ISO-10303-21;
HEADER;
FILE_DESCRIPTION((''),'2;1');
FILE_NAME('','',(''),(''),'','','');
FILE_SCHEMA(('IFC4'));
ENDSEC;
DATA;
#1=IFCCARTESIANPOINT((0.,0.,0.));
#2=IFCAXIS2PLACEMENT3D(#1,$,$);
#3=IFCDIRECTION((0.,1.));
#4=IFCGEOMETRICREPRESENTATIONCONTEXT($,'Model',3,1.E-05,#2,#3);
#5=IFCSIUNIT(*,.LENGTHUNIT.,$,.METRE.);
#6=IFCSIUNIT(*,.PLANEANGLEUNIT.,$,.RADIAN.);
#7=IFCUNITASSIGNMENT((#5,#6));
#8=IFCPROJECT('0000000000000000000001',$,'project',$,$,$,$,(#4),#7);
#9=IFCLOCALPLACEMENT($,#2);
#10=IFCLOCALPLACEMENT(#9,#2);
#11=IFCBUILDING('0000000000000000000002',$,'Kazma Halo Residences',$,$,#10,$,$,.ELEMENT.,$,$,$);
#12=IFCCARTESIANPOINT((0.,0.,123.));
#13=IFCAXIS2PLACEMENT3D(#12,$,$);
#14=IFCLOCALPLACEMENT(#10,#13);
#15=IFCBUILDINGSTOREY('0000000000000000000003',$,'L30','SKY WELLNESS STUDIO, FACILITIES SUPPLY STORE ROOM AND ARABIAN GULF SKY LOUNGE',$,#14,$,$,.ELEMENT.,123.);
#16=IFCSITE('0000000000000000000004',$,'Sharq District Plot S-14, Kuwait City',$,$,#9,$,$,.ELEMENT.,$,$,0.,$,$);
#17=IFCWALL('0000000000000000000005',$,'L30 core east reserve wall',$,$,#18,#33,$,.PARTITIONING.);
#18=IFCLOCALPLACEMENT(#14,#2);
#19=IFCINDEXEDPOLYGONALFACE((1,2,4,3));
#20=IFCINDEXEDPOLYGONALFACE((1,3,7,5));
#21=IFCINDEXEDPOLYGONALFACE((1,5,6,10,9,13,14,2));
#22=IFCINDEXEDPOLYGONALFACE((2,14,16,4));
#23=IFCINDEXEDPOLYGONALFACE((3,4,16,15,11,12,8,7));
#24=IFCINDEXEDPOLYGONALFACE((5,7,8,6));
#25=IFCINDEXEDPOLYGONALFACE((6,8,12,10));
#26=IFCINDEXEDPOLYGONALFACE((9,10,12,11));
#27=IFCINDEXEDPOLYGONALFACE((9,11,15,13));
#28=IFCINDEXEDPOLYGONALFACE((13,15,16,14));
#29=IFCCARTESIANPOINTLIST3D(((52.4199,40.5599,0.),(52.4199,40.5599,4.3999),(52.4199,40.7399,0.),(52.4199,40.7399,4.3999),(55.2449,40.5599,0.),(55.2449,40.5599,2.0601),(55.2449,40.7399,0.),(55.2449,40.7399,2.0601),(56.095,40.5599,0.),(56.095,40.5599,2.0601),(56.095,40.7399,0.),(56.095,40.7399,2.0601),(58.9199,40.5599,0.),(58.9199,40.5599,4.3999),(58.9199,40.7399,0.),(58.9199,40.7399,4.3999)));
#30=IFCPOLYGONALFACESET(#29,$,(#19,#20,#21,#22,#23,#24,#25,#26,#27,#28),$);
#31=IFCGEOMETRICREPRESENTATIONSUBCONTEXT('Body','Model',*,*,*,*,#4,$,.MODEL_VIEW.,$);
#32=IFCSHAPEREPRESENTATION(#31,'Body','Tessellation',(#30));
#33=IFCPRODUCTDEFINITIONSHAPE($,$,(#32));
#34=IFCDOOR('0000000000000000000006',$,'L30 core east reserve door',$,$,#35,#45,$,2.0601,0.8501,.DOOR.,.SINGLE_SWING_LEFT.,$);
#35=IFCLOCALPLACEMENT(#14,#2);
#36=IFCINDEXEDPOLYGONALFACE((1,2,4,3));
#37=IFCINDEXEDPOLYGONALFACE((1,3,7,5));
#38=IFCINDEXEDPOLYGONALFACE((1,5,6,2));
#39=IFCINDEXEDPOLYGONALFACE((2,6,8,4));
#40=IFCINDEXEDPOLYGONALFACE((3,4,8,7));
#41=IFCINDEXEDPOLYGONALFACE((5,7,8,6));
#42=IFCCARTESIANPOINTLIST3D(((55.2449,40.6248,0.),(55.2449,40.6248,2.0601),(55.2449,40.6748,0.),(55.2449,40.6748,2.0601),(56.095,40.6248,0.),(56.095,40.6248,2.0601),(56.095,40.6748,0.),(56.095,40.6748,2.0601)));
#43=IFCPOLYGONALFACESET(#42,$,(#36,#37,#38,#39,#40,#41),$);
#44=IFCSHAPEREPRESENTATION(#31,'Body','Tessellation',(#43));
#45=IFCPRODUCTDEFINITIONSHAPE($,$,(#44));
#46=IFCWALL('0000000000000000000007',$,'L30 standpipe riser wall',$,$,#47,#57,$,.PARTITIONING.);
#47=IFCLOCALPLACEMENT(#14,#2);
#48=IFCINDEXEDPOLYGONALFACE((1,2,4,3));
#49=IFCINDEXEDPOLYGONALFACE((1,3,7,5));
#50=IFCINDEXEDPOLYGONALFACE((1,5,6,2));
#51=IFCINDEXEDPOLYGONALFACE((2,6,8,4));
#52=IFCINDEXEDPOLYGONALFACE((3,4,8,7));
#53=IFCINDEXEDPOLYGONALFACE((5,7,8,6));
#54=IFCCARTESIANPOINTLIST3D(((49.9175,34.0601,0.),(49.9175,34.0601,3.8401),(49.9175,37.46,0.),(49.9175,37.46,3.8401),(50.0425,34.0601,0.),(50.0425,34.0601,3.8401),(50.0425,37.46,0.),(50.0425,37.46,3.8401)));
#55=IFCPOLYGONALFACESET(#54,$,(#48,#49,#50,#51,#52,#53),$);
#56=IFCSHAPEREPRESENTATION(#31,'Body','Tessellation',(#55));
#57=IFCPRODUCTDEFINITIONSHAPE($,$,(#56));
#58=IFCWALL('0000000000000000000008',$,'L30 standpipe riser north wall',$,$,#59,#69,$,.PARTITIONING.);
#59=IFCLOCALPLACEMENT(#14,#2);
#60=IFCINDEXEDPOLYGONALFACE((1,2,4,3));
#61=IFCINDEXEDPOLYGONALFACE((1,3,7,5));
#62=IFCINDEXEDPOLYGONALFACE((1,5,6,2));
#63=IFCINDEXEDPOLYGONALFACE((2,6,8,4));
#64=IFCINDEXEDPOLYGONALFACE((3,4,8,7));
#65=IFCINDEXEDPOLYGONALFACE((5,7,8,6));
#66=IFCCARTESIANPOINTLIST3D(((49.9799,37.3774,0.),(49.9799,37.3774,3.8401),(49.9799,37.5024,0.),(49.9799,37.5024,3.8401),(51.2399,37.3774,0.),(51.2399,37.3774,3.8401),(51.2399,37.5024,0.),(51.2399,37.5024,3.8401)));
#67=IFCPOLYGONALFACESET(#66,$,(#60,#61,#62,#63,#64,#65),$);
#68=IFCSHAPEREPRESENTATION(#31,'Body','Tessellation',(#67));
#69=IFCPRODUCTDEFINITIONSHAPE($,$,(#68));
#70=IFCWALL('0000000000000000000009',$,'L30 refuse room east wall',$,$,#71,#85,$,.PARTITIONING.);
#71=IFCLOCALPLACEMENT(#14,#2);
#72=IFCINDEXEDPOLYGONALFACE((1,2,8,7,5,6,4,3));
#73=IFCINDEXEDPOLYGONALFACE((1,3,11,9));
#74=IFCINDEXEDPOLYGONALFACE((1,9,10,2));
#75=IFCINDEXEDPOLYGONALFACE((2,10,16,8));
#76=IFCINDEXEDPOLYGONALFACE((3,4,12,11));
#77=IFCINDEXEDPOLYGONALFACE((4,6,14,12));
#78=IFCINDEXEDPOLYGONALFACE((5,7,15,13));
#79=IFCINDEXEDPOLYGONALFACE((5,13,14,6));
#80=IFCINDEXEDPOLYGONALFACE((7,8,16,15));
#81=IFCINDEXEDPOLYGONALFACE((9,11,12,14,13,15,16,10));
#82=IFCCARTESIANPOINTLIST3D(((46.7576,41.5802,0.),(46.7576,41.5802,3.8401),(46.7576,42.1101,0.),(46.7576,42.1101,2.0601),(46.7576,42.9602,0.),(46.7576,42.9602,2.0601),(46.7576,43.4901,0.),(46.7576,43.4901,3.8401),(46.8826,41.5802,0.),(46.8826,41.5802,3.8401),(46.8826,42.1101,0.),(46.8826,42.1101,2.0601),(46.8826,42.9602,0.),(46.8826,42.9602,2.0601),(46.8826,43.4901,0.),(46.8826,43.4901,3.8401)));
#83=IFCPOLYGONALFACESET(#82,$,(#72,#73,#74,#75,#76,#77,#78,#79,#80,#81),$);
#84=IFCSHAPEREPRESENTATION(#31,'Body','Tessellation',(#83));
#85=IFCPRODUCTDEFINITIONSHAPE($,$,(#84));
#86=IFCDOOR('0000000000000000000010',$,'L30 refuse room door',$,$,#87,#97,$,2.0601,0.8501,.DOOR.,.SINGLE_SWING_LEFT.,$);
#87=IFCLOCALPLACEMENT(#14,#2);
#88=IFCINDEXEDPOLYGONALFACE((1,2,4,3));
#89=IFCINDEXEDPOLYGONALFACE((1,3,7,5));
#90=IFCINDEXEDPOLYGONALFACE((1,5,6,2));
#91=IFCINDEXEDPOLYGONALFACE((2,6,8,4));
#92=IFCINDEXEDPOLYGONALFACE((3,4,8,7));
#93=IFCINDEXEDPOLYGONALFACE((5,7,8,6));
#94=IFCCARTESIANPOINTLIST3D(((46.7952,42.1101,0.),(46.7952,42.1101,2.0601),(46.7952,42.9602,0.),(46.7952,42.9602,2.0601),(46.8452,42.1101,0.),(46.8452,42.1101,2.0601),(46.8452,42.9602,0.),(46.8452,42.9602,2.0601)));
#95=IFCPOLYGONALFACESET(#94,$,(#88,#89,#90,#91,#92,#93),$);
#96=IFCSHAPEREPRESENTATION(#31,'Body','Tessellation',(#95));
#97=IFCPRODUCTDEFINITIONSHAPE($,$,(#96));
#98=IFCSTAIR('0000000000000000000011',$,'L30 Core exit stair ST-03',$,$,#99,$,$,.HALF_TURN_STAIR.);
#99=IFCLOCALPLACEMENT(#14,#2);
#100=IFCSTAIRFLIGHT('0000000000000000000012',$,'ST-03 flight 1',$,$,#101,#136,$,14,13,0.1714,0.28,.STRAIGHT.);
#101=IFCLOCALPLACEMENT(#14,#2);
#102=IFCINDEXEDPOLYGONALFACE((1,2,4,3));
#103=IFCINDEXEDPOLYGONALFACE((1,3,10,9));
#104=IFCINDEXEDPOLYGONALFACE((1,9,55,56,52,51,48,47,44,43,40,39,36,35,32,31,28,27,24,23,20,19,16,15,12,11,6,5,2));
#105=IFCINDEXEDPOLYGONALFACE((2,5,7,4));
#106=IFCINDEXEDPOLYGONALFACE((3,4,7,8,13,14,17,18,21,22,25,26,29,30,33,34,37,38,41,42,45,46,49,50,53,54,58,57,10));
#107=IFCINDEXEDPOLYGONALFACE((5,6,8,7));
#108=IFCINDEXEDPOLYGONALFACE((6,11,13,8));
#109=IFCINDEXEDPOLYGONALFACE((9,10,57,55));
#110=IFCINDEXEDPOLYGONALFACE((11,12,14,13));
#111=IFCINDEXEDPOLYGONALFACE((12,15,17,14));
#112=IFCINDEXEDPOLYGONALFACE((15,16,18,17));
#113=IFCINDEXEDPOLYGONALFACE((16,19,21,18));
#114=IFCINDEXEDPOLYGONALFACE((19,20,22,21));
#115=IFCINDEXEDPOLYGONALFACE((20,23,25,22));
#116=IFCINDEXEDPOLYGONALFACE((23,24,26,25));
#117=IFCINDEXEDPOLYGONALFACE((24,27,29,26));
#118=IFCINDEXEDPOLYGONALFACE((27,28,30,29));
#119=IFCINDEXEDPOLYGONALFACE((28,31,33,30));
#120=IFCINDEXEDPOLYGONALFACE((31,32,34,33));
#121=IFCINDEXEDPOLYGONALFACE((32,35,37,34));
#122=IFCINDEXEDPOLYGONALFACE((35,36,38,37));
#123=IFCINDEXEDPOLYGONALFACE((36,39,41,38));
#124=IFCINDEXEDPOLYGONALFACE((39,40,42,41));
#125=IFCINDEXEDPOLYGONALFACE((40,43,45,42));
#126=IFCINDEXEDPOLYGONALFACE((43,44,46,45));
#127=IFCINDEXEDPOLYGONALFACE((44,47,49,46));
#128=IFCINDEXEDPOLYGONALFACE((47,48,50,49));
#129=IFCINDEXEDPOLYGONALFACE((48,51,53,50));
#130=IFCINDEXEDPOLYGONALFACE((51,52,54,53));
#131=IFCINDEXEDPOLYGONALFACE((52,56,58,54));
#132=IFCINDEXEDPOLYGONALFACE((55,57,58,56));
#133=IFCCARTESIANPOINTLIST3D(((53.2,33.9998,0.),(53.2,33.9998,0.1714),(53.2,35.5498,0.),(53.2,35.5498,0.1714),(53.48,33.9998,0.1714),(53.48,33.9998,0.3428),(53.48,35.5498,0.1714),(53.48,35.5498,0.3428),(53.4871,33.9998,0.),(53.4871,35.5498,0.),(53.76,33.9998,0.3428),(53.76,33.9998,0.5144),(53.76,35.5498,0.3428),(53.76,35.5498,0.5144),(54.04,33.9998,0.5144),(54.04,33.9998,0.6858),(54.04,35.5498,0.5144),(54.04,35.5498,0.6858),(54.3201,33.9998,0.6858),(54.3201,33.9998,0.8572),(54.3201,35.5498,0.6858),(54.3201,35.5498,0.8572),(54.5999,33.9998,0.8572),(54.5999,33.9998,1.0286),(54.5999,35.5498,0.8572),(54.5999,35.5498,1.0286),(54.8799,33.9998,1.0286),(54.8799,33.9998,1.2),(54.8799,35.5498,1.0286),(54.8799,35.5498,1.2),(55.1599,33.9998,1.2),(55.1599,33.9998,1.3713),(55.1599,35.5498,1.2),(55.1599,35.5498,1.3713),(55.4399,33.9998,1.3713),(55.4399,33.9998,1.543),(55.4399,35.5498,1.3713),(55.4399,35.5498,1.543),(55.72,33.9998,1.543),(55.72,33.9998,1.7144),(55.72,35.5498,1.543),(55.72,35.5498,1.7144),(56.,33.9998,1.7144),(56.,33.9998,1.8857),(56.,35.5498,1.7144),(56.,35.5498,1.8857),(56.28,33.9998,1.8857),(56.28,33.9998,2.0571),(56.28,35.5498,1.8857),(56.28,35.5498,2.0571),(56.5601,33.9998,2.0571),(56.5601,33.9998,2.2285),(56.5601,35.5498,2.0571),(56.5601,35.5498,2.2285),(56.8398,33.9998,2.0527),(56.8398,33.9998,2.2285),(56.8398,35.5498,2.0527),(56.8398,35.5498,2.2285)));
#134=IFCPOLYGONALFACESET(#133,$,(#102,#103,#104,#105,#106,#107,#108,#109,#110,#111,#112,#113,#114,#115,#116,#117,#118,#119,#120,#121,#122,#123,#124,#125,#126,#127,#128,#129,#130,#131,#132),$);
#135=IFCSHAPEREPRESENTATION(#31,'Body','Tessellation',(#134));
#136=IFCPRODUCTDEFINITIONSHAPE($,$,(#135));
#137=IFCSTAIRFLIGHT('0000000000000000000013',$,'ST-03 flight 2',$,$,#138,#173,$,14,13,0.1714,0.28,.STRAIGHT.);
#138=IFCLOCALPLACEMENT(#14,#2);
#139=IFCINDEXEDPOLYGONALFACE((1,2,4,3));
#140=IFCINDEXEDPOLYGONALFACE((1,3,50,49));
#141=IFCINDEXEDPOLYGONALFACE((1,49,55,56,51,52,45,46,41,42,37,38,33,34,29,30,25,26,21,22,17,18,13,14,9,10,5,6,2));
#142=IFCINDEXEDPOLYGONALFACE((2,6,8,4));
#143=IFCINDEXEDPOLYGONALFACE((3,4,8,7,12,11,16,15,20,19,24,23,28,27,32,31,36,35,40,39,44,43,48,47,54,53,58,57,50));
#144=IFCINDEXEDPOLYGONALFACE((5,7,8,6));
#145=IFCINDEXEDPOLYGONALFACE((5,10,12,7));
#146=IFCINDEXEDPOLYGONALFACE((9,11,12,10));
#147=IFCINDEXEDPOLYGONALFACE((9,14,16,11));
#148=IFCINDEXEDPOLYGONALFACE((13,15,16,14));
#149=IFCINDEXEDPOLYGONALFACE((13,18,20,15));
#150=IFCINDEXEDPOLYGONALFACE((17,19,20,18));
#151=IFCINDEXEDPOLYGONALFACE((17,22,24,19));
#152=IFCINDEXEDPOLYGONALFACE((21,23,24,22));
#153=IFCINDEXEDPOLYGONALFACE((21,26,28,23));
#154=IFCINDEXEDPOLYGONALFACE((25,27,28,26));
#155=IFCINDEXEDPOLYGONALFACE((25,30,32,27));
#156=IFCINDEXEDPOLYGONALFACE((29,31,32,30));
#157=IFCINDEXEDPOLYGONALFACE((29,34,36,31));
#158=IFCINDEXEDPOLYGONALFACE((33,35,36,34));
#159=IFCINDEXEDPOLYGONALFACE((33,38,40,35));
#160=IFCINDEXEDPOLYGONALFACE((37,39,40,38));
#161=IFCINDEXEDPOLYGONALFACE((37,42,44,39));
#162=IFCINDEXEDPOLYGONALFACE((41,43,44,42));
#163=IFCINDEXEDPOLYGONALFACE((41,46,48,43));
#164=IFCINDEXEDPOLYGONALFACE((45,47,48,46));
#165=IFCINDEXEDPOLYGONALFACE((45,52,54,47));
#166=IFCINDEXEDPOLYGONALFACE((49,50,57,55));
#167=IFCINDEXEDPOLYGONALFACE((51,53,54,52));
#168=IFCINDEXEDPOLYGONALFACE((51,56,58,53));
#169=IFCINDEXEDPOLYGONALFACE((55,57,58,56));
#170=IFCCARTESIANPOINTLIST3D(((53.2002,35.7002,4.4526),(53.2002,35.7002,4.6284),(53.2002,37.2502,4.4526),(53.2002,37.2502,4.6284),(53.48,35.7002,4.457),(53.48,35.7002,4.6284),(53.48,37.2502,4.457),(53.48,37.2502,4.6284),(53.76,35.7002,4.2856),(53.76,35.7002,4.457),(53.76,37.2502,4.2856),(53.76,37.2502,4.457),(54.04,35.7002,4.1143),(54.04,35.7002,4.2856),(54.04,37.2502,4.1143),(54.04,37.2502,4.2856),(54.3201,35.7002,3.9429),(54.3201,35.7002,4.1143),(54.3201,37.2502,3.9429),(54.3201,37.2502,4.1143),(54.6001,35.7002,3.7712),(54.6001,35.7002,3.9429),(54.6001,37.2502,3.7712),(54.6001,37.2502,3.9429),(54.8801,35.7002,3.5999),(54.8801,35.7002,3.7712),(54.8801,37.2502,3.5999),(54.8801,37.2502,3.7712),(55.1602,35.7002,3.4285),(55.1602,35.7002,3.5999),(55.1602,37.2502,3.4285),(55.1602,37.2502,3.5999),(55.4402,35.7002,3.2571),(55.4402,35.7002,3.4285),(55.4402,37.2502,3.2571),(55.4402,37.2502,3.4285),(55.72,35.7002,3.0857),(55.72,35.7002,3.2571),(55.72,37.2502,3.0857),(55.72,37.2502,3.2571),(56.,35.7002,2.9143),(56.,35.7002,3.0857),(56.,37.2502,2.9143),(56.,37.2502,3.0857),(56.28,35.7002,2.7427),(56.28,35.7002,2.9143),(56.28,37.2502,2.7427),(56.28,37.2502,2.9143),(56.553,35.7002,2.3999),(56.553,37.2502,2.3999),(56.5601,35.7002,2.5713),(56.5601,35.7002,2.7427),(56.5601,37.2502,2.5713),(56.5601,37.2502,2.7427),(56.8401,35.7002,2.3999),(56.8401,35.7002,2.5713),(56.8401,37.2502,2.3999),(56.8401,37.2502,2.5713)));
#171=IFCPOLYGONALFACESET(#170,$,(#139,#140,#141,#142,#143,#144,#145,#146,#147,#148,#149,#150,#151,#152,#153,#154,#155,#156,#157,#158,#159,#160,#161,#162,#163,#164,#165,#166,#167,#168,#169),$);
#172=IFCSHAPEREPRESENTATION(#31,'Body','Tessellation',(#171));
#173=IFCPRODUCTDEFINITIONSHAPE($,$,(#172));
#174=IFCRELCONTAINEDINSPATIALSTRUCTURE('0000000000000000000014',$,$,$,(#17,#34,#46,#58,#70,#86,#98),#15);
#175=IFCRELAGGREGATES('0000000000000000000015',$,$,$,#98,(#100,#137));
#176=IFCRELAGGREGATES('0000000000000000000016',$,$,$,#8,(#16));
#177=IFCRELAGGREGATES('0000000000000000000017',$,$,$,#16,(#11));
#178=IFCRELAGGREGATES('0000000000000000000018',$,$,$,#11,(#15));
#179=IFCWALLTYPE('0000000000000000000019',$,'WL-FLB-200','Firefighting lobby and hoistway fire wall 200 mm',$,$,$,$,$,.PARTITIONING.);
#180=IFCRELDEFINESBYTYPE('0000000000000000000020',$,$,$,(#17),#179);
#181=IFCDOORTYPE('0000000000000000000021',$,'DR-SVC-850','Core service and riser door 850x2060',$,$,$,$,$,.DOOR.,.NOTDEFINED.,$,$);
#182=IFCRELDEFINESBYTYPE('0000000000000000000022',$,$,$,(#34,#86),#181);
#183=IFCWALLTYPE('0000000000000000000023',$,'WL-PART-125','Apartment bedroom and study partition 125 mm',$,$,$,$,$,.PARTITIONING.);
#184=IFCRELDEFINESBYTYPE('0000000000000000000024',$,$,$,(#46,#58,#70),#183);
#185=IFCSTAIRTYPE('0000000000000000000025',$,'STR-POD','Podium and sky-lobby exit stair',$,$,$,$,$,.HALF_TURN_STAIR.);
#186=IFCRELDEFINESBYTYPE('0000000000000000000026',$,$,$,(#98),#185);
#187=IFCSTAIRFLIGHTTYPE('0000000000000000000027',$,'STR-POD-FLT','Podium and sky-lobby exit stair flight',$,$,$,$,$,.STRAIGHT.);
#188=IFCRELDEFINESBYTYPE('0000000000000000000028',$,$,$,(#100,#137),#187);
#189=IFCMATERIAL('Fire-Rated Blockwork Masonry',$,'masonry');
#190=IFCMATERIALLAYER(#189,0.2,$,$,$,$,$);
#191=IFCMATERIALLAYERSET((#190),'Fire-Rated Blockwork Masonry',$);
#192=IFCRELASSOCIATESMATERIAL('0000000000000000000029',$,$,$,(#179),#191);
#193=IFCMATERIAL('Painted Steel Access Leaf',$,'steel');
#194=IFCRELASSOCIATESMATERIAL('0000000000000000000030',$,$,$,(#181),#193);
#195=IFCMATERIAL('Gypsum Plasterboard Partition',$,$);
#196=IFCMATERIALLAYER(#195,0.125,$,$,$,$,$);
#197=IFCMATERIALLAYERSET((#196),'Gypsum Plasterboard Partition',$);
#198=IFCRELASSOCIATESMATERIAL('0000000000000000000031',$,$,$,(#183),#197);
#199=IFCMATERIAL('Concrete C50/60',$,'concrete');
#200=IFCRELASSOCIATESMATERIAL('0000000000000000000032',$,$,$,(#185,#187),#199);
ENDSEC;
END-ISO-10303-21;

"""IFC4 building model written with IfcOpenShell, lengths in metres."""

from ifc_helpers import new_model, si_unit, direction, frame, frame_2d, origin, place, context, subcontext, project, spatial, polyline, rectangle, outline, extrude, material, layer, layer_set, type_object, element, fill, aggregate, save


model = new_model("IFC4")

# Units and contexts
model_context = context("Model", 3, precision=1e-05, world=origin(), true_north=direction((0.0, 1.0)))
body_context = subcontext(model_context, "Body", "Model", "MODEL_VIEW")
ifc_project = project(units=[si_unit("LENGTHUNIT", "METRE"), si_unit("PLANEANGLEUNIT", "RADIAN")], contexts=[model_context])

# Site, building, storey
site_placement = place(None, origin())
site = spatial("IfcSite", under=ifc_project, at=site_placement, Name="Sharq District Plot S-14, Kuwait City", CompositionType="ELEMENT", RefElevation=0.0)
building_placement = place(site_placement, origin())
building = spatial("IfcBuilding", under=site, at=building_placement, Name="Kazma Halo Residences", CompositionType="ELEMENT")
storey_placement = place(building_placement, frame((0.0, 0.0, 123.0)))
storey = spatial("IfcBuildingStorey", under=building, at=storey_placement, Name="L30", Description="SKY WELLNESS STUDIO, FACILITIES SUPPLY STORE ROOM AND ARABIAN GULF SKY LOUNGE", CompositionType="ELEMENT", Elevation=123.0)

# Shared definitions
ifc_material_1 = material(Name="Fire-Rated Blockwork Masonry", Category="masonry")
ifc_layer_1 = layer(ifc_material_1, 0.2)
ifc_layer_set_1 = layer_set([ifc_layer_1], Name="Fire-Rated Blockwork Masonry")
wall_type_1 = type_object("IfcWallType", Name="WL-FLB-200", Description="Firefighting lobby and hoistway fire wall 200 mm", PredefinedType="PARTITIONING", material=ifc_layer_set_1)

# Wall, opening, door
wall_1_placement = place(storey_placement, frame((52.4199, 40.6499, 0.0), z_axis=(0.0, 0.0, 1.0), x_axis=(1.0, 0.0, 0.0)))
wall_1 = element("IfcWall", 1, at=wall_1_placement, inside=storey, type_object=wall_type_1, Name="L30 core east reserve wall", PredefinedType="PARTITIONING", context=body_context, shape_type="SweptSolid", body=[
    extrude(rectangle(XDim=6.5, YDim=0.1799, at=frame_2d((3.25, 0.0))), origin(), (0.0, 0.0, 1.0), 4.3999),
])
opening_1_placement = place(wall_1_placement, frame((2.825, 0.0, 0.0)))
opening_1 = element("IfcOpeningElement", 2, at=opening_1_placement, cuts=wall_1, PredefinedType="OPENING", context=body_context, shape_type="SweptSolid", body=[
    extrude(rectangle(XDim=0.8501, YDim=2.0601, at=frame_2d((0.425, 1.03))), frame((0.0, 0.0999, 0.0), z_axis=(0.0, -1.0, 0.0), x_axis=(1.0, 0.0, 0.0)), (0.0, 0.0, 1.0), 0.2),
])
ifc_material_2 = material(Name="Painted Steel Access Leaf", Category="steel")
door_type_1 = type_object("IfcDoorType", Name="DR-SVC-850", Description="Core service and riser door 850x2060", OperationType="NOTDEFINED", PredefinedType="DOOR", material=ifc_material_2)
door_1_placement = place(opening_1_placement, origin())
door_1 = element("IfcDoor", 3, at=door_1_placement, inside=storey, type_object=door_type_1, Name="L30 core east reserve door", OperationType="SINGLE_SWING_LEFT", OverallHeight=2.0601, OverallWidth=0.8501, PredefinedType="DOOR", context=body_context, shape_type="SweptSolid", body=[
    extrude(rectangle(XDim=0.8501, YDim=2.0601, at=frame_2d((0.425, 1.03))), frame((0.0, 0.0249, 0.0), z_axis=(0.0, -1.0, 0.0), x_axis=(1.0, 0.0, 0.0)), (0.0, 0.0, 1.0), 0.05),
])
fill(opening_1, door_1)

# Walls
ifc_material_3 = material(Name="Gypsum Plasterboard Partition")
ifc_layer_2 = layer(ifc_material_3, 0.125)
ifc_layer_set_2 = layer_set([ifc_layer_2], Name="Gypsum Plasterboard Partition")
wall_type_2 = type_object("IfcWallType", Name="WL-PART-125", Description="Apartment bedroom and study partition 125 mm", PredefinedType="PARTITIONING", material=ifc_layer_set_2)
wall_2_placement = place(storey_placement, frame((49.98, 34.0601, 0.0), z_axis=(0.0, 0.0, 1.0), x_axis=(0.0, 1.0, 0.0)))
element("IfcWall", 4, at=wall_2_placement, inside=storey, type_object=wall_type_2, Name="L30 standpipe riser wall", PredefinedType="PARTITIONING", context=body_context, shape_type="SweptSolid", body=[
    extrude(rectangle(XDim=3.3999, YDim=0.125, at=frame_2d((1.7, 0.0))), origin(), (0.0, 0.0, 1.0), 3.8401),
])
wall_3_placement = place(storey_placement, frame((49.98, 37.4399, 0.0), z_axis=(0.0, 0.0, 1.0), x_axis=(1.0, 0.0, 0.0)))
element("IfcWall", 5, at=wall_3_placement, inside=storey, type_object=wall_type_2, Name="L30 standpipe riser north wall", PredefinedType="PARTITIONING", context=body_context, shape_type="SweptSolid", body=[
    extrude(rectangle(XDim=1.26, YDim=0.125, at=frame_2d((0.6299, 0.0))), origin(), (0.0, 0.0, 1.0), 3.8401),
])

# Wall, opening, door
wall_4_placement = place(storey_placement, frame((46.8201, 41.5801, 0.0), z_axis=(0.0, 0.0, 1.0), x_axis=(0.0, 1.0, 0.0)))
wall_4 = element("IfcWall", 6, at=wall_4_placement, inside=storey, type_object=wall_type_2, Name="L30 refuse room east wall", PredefinedType="PARTITIONING", context=body_context, shape_type="SweptSolid", body=[
    extrude(rectangle(XDim=1.9099, YDim=0.125, at=frame_2d((0.9551, 0.0))), origin(), (0.0, 0.0, 1.0), 3.8401),
])
opening_2_placement = place(wall_4_placement, frame((0.53, 0.0, 0.0)))
opening_2 = element("IfcOpeningElement", 7, at=opening_2_placement, cuts=wall_4, PredefinedType="OPENING", context=body_context, shape_type="SweptSolid", body=[
    extrude(rectangle(XDim=0.8501, YDim=2.0601, at=frame_2d((0.425, 1.03))), frame((0.0, 0.0725, 0.0), z_axis=(0.0, -1.0, 0.0), x_axis=(1.0, 0.0, 0.0)), (0.0, 0.0, 1.0), 0.145),
])
door_2_placement = place(opening_2_placement, origin())
door_2 = element("IfcDoor", 8, at=door_2_placement, inside=storey, type_object=door_type_1, Name="L30 refuse room door", OperationType="SINGLE_SWING_LEFT", OverallHeight=2.0601, OverallWidth=0.8501, PredefinedType="DOOR", context=body_context, shape_type="SweptSolid", body=[
    extrude(rectangle(XDim=0.8501, YDim=2.0601, at=frame_2d((0.425, 1.03))), frame((0.0, 0.0249, 0.0), z_axis=(0.0, -1.0, 0.0), x_axis=(1.0, 0.0, 0.0)), (0.0, 0.0, 1.0), 0.05),
])
fill(opening_2, door_2)
ifc_material_4 = material(Name="Concrete C50/60", Category="concrete")

# Stair, stair flights
stair_type = type_object("IfcStairType", Name="STR-POD", Description="Podium and sky-lobby exit stair", PredefinedType="HALF_TURN_STAIR", material=ifc_material_4)
stair_placement = place(storey_placement, origin())
stair = element("IfcStair", 9, at=stair_placement, inside=storey, type_object=stair_type, Name="L30 Core exit stair ST-03", PredefinedType="HALF_TURN_STAIR")
stair_flight_type = type_object("IfcStairFlightType", Name="STR-POD-FLT", Description="Podium and sky-lobby exit stair flight", PredefinedType="STRAIGHT", material=ifc_material_4)
stair_flight_1_placement = place(storey_placement, frame((53.2, 34.7749, 0.0), z_axis=(0.0, 0.0, 1.0), x_axis=(1.0, 0.0, 0.0)))
stair_flight_1 = element("IfcStairFlight", 10, at=stair_flight_1_placement, type_object=stair_flight_type, Name="ST-03 flight 1", NumberOfRisers=14, NumberOfTreads=13, PredefinedType="STRAIGHT", RiserHeight=0.1714, TreadLength=0.28, context=body_context, shape_type="SweptSolid", body=[
    extrude(outline(polyline([(0.0, 0.0), (0.0, 0.1714), (0.28, 0.1714), (0.28, 0.3428), (0.5601, 0.3428), (0.5601, 0.5144), (0.8401, 0.5144), (0.8401, 0.6858), (1.1201, 0.6858), (1.1201, 0.8572), (1.3999, 0.8572), (1.3999, 1.0286), (1.6799, 1.0286), (1.6799, 1.2), (1.96, 1.2), (1.96, 1.3713), (2.24, 1.3713), (2.24, 1.543), (2.52, 1.543), (2.52, 1.7144), (2.8, 1.7144), (2.8, 1.8857), (3.0801, 1.8857), (3.0801, 2.0571), (3.3601, 2.0571), (3.3601, 2.2285), (3.6399, 2.2285), (3.6399, 2.3999), (3.6399, 2.0527), (0.2871, 0.0), (0.0, 0.0)])), frame((0.0, 0.7749, 0.0), z_axis=(0.0, -1.0, 0.0), x_axis=(1.0, 0.0, 0.0)), (0.0, 0.0, 1.0), 1.55),
])
stair_flight_2_placement = place(storey_placement, frame((56.8401, 36.4751, 2.3999), z_axis=(0.0, 0.0, 1.0), x_axis=(-1.0, 0.0, 0.0)))
stair_flight_2 = element("IfcStairFlight", 11, at=stair_flight_2_placement, type_object=stair_flight_type, Name="ST-03 flight 2", NumberOfRisers=14, NumberOfTreads=13, PredefinedType="STRAIGHT", RiserHeight=0.1714, TreadLength=0.28, context=body_context, shape_type="SweptSolid", body=[
    extrude(outline(polyline([(0.0, 0.0), (0.0, 0.1714), (0.28, 0.1714), (0.28, 0.3428), (0.5601, 0.3428), (0.5601, 0.5144), (0.8401, 0.5144), (0.8401, 0.6858), (1.1201, 0.6858), (1.1201, 0.8572), (1.3999, 0.8572), (1.3999, 1.0286), (1.6799, 1.0286), (1.6799, 1.2), (1.96, 1.2), (1.96, 1.3713), (2.24, 1.3713), (2.24, 1.543), (2.52, 1.543), (2.52, 1.7144), (2.8, 1.7144), (2.8, 1.8857), (3.0801, 1.8857), (3.0801, 2.0571), (3.3601, 2.0571), (3.3601, 2.2285), (3.6399, 2.2285), (3.6399, 2.3999), (3.6399, 2.0527), (0.2871, 0.0), (0.0, 0.0)])), frame((0.0, 0.7749, 0.0), z_axis=(0.0, -1.0, 0.0), x_axis=(1.0, 0.0, 0.0)), (0.0, 0.0, 1.0), 1.55),
])
aggregate(stair, [stair_flight_1, stair_flight_2])

save(model, "model.ifc")
